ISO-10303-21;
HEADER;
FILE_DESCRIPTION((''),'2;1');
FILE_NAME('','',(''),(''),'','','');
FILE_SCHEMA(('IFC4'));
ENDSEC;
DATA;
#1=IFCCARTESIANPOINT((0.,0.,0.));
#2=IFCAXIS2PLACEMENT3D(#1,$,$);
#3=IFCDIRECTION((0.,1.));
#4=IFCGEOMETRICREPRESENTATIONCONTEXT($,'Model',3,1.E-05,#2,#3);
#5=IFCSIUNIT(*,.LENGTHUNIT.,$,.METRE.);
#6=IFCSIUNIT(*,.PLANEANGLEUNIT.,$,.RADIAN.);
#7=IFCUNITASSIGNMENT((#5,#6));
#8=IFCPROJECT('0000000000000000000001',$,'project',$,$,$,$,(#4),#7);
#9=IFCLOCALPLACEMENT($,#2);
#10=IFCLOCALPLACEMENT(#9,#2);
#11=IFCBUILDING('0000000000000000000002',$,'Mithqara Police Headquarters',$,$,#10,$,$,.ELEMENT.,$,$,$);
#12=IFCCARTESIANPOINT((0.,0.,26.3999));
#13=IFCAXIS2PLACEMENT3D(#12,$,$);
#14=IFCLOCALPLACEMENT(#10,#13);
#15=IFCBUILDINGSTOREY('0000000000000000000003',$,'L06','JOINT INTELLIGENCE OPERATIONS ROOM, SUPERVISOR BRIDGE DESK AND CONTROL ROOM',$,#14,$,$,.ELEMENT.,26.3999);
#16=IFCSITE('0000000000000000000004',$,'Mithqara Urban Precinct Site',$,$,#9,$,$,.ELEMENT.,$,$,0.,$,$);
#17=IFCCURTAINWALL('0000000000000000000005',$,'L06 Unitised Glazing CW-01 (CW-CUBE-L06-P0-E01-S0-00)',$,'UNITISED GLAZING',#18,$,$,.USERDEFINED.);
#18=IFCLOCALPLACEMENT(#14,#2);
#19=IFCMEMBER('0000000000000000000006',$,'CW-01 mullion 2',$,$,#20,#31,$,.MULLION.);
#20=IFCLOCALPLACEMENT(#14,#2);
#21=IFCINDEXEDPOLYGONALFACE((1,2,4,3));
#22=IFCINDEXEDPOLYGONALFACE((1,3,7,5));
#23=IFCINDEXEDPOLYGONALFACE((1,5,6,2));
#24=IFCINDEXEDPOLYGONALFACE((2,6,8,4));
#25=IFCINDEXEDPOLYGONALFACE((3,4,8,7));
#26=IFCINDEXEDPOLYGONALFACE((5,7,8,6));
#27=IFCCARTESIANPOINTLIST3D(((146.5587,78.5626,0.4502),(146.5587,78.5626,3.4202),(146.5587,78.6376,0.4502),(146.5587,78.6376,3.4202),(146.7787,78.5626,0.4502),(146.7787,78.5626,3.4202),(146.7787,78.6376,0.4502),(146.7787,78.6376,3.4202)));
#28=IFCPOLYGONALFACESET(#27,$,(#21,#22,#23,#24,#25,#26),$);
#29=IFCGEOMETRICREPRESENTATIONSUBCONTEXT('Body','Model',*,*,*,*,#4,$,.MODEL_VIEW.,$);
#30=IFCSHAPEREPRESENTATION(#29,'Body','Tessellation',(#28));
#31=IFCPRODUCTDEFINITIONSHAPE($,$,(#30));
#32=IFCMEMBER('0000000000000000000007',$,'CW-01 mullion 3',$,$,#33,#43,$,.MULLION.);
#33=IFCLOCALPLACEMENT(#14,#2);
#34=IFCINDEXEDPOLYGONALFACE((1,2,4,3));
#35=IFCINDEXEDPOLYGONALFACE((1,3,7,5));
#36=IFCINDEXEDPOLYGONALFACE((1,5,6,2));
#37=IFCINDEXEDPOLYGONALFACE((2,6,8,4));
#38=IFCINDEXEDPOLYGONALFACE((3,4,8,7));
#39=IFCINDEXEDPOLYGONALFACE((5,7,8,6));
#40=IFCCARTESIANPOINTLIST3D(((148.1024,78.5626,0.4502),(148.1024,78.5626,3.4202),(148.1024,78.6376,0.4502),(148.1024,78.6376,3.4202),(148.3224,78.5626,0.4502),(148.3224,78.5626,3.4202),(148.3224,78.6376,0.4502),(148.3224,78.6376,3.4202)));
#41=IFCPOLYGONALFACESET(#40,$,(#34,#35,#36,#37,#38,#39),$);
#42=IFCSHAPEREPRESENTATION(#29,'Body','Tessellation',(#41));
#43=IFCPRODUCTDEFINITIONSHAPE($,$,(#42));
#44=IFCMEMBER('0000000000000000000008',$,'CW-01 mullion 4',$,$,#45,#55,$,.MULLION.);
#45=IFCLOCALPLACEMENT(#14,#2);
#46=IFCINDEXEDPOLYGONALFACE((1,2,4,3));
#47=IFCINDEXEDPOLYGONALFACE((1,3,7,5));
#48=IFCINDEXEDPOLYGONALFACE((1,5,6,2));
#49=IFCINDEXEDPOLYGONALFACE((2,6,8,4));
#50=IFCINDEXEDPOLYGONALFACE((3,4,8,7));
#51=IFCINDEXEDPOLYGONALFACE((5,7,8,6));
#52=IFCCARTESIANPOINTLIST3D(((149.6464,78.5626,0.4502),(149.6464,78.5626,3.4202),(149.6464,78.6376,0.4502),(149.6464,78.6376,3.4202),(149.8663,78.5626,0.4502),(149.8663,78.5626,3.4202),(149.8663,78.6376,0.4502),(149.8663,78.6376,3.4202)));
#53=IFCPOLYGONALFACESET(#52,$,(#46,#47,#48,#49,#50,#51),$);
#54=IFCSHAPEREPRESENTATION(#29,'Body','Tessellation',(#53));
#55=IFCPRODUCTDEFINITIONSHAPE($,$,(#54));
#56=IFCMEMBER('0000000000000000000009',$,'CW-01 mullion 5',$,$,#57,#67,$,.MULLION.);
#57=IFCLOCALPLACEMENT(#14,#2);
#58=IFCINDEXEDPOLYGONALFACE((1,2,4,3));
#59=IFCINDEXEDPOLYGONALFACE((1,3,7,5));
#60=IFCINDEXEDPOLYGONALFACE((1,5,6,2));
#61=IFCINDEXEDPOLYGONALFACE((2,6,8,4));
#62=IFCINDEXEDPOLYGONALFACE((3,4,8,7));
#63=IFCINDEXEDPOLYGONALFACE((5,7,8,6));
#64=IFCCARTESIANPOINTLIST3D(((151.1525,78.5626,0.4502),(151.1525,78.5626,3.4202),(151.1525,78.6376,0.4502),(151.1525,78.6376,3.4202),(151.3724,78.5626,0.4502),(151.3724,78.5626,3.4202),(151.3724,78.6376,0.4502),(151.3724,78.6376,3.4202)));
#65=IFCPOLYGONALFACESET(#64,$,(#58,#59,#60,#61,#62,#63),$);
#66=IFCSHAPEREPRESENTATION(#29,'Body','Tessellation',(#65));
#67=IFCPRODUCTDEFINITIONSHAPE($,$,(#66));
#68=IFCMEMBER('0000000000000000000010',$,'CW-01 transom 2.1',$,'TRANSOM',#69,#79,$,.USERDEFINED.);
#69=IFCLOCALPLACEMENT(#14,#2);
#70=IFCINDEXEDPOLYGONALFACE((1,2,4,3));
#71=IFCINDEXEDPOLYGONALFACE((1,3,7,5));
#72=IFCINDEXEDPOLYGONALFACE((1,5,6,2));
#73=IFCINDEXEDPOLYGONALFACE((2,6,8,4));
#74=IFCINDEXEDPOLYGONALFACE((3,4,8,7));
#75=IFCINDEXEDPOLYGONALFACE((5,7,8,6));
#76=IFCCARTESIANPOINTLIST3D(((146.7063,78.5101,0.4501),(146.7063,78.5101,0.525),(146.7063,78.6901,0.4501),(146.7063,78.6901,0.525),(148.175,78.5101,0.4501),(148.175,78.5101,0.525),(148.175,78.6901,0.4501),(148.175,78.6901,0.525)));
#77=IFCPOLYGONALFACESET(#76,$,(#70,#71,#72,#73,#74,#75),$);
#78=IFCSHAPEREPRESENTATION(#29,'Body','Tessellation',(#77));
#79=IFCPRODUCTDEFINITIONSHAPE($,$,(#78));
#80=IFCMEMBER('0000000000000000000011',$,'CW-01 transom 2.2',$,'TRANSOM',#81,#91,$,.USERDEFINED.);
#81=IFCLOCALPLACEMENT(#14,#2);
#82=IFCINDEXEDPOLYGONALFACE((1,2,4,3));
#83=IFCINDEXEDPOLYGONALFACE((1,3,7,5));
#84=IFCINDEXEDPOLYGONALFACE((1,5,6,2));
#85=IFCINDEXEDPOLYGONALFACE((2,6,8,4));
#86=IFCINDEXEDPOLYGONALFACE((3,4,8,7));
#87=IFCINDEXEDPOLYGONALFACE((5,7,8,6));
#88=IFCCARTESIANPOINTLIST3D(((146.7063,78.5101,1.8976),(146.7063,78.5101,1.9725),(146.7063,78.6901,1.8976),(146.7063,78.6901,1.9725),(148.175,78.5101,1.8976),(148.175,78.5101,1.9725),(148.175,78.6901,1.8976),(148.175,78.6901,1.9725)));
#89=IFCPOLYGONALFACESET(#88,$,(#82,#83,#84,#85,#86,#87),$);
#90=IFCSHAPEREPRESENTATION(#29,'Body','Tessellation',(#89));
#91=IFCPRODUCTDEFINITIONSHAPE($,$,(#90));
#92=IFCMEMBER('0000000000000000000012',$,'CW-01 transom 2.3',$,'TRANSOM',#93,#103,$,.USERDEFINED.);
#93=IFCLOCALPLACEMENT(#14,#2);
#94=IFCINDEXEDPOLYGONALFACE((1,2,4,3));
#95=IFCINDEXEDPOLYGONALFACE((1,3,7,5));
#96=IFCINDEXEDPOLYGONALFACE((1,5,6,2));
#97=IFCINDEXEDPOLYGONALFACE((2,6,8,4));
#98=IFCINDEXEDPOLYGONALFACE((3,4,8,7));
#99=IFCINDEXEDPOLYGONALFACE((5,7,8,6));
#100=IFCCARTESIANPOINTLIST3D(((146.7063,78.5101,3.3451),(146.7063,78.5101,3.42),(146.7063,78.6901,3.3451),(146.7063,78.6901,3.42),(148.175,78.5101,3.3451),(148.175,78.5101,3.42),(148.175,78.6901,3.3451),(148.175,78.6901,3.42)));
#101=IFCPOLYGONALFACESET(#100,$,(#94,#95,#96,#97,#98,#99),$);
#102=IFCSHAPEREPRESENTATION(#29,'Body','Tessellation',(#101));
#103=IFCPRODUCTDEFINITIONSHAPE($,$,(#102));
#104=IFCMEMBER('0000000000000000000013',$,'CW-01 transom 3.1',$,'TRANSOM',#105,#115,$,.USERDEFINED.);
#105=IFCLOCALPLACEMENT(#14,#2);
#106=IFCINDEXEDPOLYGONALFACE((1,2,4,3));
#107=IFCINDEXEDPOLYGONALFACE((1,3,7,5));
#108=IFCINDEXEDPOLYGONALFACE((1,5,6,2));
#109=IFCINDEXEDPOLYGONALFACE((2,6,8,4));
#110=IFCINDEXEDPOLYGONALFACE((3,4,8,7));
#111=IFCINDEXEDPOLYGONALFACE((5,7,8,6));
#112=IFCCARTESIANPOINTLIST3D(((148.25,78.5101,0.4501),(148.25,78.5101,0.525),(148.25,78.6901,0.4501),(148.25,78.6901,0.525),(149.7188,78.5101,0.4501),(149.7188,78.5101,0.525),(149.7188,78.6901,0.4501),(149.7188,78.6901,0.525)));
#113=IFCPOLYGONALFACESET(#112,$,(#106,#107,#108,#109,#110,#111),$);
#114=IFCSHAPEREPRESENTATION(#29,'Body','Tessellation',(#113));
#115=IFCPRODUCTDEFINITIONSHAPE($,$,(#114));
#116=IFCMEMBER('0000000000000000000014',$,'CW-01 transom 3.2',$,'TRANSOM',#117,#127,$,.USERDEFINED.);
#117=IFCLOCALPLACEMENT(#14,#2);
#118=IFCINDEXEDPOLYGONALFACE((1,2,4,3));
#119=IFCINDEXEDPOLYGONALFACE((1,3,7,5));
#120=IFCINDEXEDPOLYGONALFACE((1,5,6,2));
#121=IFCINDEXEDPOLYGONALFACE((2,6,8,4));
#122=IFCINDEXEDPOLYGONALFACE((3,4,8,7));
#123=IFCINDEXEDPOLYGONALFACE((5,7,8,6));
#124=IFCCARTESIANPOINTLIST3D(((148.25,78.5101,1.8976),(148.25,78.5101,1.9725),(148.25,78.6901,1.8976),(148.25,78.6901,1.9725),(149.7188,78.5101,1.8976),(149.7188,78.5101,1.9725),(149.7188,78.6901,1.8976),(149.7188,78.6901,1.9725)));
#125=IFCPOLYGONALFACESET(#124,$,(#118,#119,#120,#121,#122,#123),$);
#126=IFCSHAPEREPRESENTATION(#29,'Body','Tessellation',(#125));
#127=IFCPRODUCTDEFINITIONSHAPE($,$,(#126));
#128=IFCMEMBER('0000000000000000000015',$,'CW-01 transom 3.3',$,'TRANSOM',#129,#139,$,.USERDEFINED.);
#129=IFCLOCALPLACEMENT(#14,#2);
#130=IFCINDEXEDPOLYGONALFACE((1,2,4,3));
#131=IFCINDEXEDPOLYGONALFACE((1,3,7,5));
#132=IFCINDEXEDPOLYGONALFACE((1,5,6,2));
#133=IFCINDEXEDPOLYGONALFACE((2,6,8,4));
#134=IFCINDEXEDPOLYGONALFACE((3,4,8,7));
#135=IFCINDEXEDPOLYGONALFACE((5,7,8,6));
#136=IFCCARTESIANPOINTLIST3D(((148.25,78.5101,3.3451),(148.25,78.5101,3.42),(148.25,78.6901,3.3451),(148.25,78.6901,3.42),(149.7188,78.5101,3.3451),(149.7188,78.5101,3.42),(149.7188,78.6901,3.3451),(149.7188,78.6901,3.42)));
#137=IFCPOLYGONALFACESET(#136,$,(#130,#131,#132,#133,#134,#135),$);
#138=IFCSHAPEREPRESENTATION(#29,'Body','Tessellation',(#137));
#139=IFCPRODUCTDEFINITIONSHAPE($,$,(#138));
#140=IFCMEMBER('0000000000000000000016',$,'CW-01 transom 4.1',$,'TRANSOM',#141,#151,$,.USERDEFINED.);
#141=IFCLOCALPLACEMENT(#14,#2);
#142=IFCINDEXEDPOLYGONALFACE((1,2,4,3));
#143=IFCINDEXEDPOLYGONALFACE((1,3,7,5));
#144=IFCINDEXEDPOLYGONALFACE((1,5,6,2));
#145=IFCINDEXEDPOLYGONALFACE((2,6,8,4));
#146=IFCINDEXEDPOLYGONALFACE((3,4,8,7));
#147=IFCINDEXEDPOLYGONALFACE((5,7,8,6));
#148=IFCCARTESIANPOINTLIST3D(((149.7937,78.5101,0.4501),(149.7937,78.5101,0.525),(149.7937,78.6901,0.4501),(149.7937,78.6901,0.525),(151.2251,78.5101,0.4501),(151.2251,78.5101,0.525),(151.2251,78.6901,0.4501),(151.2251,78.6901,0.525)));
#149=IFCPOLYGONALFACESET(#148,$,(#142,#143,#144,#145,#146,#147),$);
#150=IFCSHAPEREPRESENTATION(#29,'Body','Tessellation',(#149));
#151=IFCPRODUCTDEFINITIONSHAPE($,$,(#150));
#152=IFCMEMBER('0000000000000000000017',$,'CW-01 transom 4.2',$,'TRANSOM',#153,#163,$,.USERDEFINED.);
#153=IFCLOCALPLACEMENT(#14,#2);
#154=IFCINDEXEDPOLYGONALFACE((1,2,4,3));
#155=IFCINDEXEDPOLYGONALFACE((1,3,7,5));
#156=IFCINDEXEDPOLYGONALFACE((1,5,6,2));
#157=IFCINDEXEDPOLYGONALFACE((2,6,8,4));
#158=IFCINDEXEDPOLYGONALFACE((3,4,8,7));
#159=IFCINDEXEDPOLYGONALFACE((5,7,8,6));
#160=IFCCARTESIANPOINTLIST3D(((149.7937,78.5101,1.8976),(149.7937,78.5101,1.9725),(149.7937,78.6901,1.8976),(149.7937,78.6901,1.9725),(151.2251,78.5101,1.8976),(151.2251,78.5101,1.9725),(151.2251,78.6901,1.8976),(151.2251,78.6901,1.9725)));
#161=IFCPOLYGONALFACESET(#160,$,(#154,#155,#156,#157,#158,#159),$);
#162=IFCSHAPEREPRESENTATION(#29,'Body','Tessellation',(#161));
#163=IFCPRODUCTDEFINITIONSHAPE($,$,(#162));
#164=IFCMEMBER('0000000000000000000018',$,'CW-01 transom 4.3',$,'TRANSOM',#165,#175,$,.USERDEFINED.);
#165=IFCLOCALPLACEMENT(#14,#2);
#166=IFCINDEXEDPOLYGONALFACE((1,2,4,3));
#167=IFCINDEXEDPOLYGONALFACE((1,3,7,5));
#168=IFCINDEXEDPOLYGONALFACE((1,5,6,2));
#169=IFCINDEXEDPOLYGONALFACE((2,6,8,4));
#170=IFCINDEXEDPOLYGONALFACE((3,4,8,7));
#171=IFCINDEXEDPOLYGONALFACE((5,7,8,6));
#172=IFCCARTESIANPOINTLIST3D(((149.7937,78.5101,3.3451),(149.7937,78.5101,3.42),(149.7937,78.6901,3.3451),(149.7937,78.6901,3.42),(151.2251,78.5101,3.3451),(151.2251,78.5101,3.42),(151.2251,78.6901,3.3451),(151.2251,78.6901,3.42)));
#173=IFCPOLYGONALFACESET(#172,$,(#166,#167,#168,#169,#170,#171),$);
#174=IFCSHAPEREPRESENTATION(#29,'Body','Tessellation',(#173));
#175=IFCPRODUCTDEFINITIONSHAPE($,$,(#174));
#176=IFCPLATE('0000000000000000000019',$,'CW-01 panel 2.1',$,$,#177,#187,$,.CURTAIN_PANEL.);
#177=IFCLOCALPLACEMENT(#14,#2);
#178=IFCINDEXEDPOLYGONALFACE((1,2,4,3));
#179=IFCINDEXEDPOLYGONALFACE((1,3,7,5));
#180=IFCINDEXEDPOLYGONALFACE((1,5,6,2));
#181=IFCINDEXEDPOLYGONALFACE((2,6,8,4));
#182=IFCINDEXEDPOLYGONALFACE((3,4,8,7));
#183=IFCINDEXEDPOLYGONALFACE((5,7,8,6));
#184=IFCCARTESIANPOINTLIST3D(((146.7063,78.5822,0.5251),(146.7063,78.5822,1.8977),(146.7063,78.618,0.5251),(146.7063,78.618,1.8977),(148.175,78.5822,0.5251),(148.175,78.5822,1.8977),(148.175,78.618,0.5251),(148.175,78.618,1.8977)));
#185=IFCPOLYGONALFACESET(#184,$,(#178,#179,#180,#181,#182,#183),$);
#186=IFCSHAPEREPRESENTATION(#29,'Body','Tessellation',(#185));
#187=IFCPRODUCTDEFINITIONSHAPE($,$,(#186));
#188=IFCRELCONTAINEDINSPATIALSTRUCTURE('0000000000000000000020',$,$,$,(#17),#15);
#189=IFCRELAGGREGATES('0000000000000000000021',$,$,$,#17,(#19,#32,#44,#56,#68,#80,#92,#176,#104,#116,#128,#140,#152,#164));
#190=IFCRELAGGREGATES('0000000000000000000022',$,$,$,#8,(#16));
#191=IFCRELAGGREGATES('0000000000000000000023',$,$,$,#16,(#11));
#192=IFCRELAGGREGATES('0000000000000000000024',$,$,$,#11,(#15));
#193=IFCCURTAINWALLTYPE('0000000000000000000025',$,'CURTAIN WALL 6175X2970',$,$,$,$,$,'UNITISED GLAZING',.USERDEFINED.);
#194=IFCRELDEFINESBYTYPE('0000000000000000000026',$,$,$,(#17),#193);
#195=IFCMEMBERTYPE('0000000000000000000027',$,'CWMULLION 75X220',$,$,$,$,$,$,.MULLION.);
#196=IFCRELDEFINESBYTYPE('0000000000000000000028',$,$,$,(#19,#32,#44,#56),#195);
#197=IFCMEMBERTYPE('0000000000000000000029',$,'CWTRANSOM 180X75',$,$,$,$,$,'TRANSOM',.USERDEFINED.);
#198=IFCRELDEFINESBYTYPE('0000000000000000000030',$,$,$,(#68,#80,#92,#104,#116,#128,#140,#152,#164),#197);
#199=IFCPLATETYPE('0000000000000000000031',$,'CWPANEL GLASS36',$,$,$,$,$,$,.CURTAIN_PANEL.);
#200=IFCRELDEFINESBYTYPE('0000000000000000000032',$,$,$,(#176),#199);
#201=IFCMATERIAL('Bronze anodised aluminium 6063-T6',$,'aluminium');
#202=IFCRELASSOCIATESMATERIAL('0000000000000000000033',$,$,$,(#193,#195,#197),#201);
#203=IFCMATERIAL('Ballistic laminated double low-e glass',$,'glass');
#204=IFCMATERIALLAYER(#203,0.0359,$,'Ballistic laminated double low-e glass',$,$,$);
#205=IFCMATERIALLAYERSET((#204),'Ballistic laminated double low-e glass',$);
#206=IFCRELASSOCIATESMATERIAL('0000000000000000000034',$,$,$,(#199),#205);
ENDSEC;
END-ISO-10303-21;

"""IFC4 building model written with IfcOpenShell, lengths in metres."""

from ifc_helpers import new_model, si_unit, direction, frame, origin, origin_2d, place, context, subcontext, project, spatial, rectangle, extrude, material, layer, layer_set, material_profile, profile_set, type_object, element, aggregate, save


model = new_model("IFC4")

# Units and contexts
model_context = context("Model", 3, precision=1e-05, world=origin(), true_north=direction((0.0, 1.0)))
body_context = subcontext(model_context, "Body", "Model", "MODEL_VIEW")
ifc_project = project(units=[si_unit("LENGTHUNIT", "METRE"), si_unit("PLANEANGLEUNIT", "RADIAN")], contexts=[model_context])

# Site, building, storey
site_placement = place(None, origin())
site = spatial("IfcSite", under=ifc_project, at=site_placement, Name="Mithqara Urban Precinct Site", CompositionType="ELEMENT", RefElevation=0.0)
building_placement = place(site_placement, origin())
building = spatial("IfcBuilding", under=site, at=building_placement, Name="Mithqara Police Headquarters", CompositionType="ELEMENT")
storey_placement = place(building_placement, frame((0.0, 0.0, 26.3999)))
storey = spatial("IfcBuildingStorey", under=building, at=storey_placement, Name="L06", Description="JOINT INTELLIGENCE OPERATIONS ROOM, SUPERVISOR BRIDGE DESK AND CONTROL ROOM", CompositionType="ELEMENT", Elevation=26.3999)

# Curtain wall, members, plate
ifc_material_1 = material(Name="Bronze anodised aluminium 6063-T6", Category="aluminium")
curtain_wall_type = type_object("IfcCurtainWallType", Name="CURTAIN WALL 6175X2970", ElementType="UNITISED GLAZING", PredefinedType="USERDEFINED", material=ifc_material_1)
curtain_wall_placement = place(storey_placement, origin())
curtain_wall = element("IfcCurtainWall", 1, at=curtain_wall_placement, inside=storey, type_object=curtain_wall_type, Name="L06 Unitised Glazing CW-01 (CW-CUBE-L06-P0-E01-S0-00)", ObjectType="UNITISED GLAZING", PredefinedType="USERDEFINED")
ifc_material_profile_1 = material_profile(ifc_material_1, rectangle(XDim=0.075, YDim=0.22, at=origin_2d()), Name="CWM 75x220")
ifc_profile_set_1 = profile_set([ifc_material_profile_1], Name="Bronze anodised aluminium 6063-T6")
member_type_1 = type_object("IfcMemberType", Name="CWMULLION 75X220", PredefinedType="MULLION", material=ifc_profile_set_1)
member_1_placement = place(storey_placement, frame((146.6687, 78.6001, 0.4502), z_axis=(0.0, 0.0, 1.0), x_axis=(0.0, 1.0, 0.0)))
member_1 = element("IfcMember", 2, at=member_1_placement, type_object=member_type_1, Name="CW-01 mullion 2", PredefinedType="MULLION", context=body_context, shape_type="SweptSolid", body=[
    extrude(rectangle(XDim=0.075, YDim=0.22, at=origin_2d()), origin(), (0.0, 0.0, 1.0), 2.97),
])
member_2_placement = place(storey_placement, frame((148.2124, 78.6001, 0.4502), z_axis=(0.0, 0.0, 1.0), x_axis=(0.0, 1.0, 0.0)))
member_2 = element("IfcMember", 3, at=member_2_placement, type_object=member_type_1, Name="CW-01 mullion 3", PredefinedType="MULLION", context=body_context, shape_type="SweptSolid", body=[
    extrude(rectangle(XDim=0.075, YDim=0.22, at=origin_2d()), origin(), (0.0, 0.0, 1.0), 2.97),
])
member_3_placement = place(storey_placement, frame((149.7563, 78.6001, 0.4502), z_axis=(0.0, 0.0, 1.0), x_axis=(0.0, 1.0, 0.0)))
member_3 = element("IfcMember", 4, at=member_3_placement, type_object=member_type_1, Name="CW-01 mullion 4", PredefinedType="MULLION", context=body_context, shape_type="SweptSolid", body=[
    extrude(rectangle(XDim=0.075, YDim=0.22, at=origin_2d()), origin(), (0.0, 0.0, 1.0), 2.97),
])
member_4_placement = place(storey_placement, frame((151.2625, 78.6001, 0.4502), z_axis=(0.0, 0.0, 1.0), x_axis=(0.0, 1.0, 0.0)))
member_4 = element("IfcMember", 5, at=member_4_placement, type_object=member_type_1, Name="CW-01 mullion 5", PredefinedType="MULLION", context=body_context, shape_type="SweptSolid", body=[
    extrude(rectangle(XDim=0.075, YDim=0.22, at=origin_2d()), origin(), (0.0, 0.0, 1.0), 2.97),
])
ifc_material_profile_2 = material_profile(ifc_material_1, rectangle(XDim=0.1799, YDim=0.075, at=origin_2d()), Name="CWT 180x75")
ifc_profile_set_2 = profile_set([ifc_material_profile_2], Name="Bronze anodised aluminium 6063-T6")
member_type_2 = type_object("IfcMemberType", Name="CWTRANSOM 180X75", ElementType="TRANSOM", PredefinedType="USERDEFINED", material=ifc_profile_set_2)
member_5_placement = place(storey_placement, frame((146.7063, 78.6001, 0.4875), z_axis=(1.0, 0.0, 0.0), x_axis=(0.0, 1.0, 0.0)))
member_5 = element("IfcMember", 6, at=member_5_placement, type_object=member_type_2, Name="CW-01 transom 2.1", ObjectType="TRANSOM", PredefinedType="USERDEFINED", context=body_context, shape_type="SweptSolid", body=[
    extrude(rectangle(XDim=0.1799, YDim=0.075, at=origin_2d()), origin(), (0.0, 0.0, 1.0), 1.4688),
])
member_6_placement = place(storey_placement, frame((146.7063, 78.6001, 1.9351), z_axis=(1.0, 0.0, 0.0), x_axis=(0.0, 1.0, 0.0)))
member_6 = element("IfcMember", 7, at=member_6_placement, type_object=member_type_2, Name="CW-01 transom 2.2", ObjectType="TRANSOM", PredefinedType="USERDEFINED", context=body_context, shape_type="SweptSolid", body=[
    extrude(rectangle(XDim=0.1799, YDim=0.075, at=origin_2d()), origin(), (0.0, 0.0, 1.0), 1.4688),
])
member_7_placement = place(storey_placement, frame((146.7063, 78.6001, 3.3826), z_axis=(1.0, 0.0, 0.0), x_axis=(0.0, 1.0, 0.0)))
member_7 = element("IfcMember", 8, at=member_7_placement, type_object=member_type_2, Name="CW-01 transom 2.3", ObjectType="TRANSOM", PredefinedType="USERDEFINED", context=body_context, shape_type="SweptSolid", body=[
    extrude(rectangle(XDim=0.1799, YDim=0.075, at=origin_2d()), origin(), (0.0, 0.0, 1.0), 1.4688),
])
member_8_placement = place(storey_placement, frame((148.25, 78.6001, 0.4875), z_axis=(1.0, 0.0, 0.0), x_axis=(0.0, 1.0, 0.0)))
member_8 = element("IfcMember", 9, at=member_8_placement, type_object=member_type_2, Name="CW-01 transom 3.1", ObjectType="TRANSOM", PredefinedType="USERDEFINED", context=body_context, shape_type="SweptSolid", body=[
    extrude(rectangle(XDim=0.1799, YDim=0.075, at=origin_2d()), origin(), (0.0, 0.0, 1.0), 1.4688),
])
member_9_placement = place(storey_placement, frame((148.25, 78.6001, 1.9351), z_axis=(1.0, 0.0, 0.0), x_axis=(0.0, 1.0, 0.0)))
member_9 = element("IfcMember", 10, at=member_9_placement, type_object=member_type_2, Name="CW-01 transom 3.2", ObjectType="TRANSOM", PredefinedType="USERDEFINED", context=body_context, shape_type="SweptSolid", body=[
    extrude(rectangle(XDim=0.1799, YDim=0.075, at=origin_2d()), origin(), (0.0, 0.0, 1.0), 1.4688),
])
member_10_placement = place(storey_placement, frame((148.25, 78.6001, 3.3826), z_axis=(1.0, 0.0, 0.0), x_axis=(0.0, 1.0, 0.0)))
member_10 = element("IfcMember", 11, at=member_10_placement, type_object=member_type_2, Name="CW-01 transom 3.3", ObjectType="TRANSOM", PredefinedType="USERDEFINED", context=body_context, shape_type="SweptSolid", body=[
    extrude(rectangle(XDim=0.1799, YDim=0.075, at=origin_2d()), origin(), (0.0, 0.0, 1.0), 1.4688),
])
member_11_placement = place(storey_placement, frame((149.7937, 78.6001, 0.4875), z_axis=(1.0, 0.0, 0.0), x_axis=(0.0, 1.0, 0.0)))
member_11 = element("IfcMember", 12, at=member_11_placement, type_object=member_type_2, Name="CW-01 transom 4.1", ObjectType="TRANSOM", PredefinedType="USERDEFINED", context=body_context, shape_type="SweptSolid", body=[
    extrude(rectangle(XDim=0.1799, YDim=0.075, at=origin_2d()), origin(), (0.0, 0.0, 1.0), 1.4314),
])
member_12_placement = place(storey_placement, frame((149.7937, 78.6001, 1.9351), z_axis=(1.0, 0.0, 0.0), x_axis=(0.0, 1.0, 0.0)))
member_12 = element("IfcMember", 13, at=member_12_placement, type_object=member_type_2, Name="CW-01 transom 4.2", ObjectType="TRANSOM", PredefinedType="USERDEFINED", context=body_context, shape_type="SweptSolid", body=[
    extrude(rectangle(XDim=0.1799, YDim=0.075, at=origin_2d()), origin(), (0.0, 0.0, 1.0), 1.4314),
])
member_13_placement = place(storey_placement, frame((149.7937, 78.6001, 3.3826), z_axis=(1.0, 0.0, 0.0), x_axis=(0.0, 1.0, 0.0)))
member_13 = element("IfcMember", 14, at=member_13_placement, type_object=member_type_2, Name="CW-01 transom 4.3", ObjectType="TRANSOM", PredefinedType="USERDEFINED", context=body_context, shape_type="SweptSolid", body=[
    extrude(rectangle(XDim=0.1799, YDim=0.075, at=origin_2d()), origin(), (0.0, 0.0, 1.0), 1.4314),
])
ifc_material_2 = material(Name="Ballistic laminated double low-e glass", Category="glass")
ifc_layer = layer(ifc_material_2, 0.0359, Name="Ballistic laminated double low-e glass")
ifc_layer_set = layer_set([ifc_layer], Name="Ballistic laminated double low-e glass")
plate_type = type_object("IfcPlateType", Name="CWPANEL GLASS36", PredefinedType="CURTAIN_PANEL", material=ifc_layer_set)
plate_1_placement = place(storey_placement, frame((147.4407, 78.6001, 0.5251), z_axis=(0.0, 0.0, 1.0), x_axis=(1.0, 0.0, 0.0)))
plate_1 = element("IfcPlate", 15, at=plate_1_placement, type_object=plate_type, Name="CW-01 panel 2.1", PredefinedType="CURTAIN_PANEL", context=body_context, shape_type="SweptSolid", body=[
    extrude(rectangle(XDim=1.4688, YDim=0.0359, at=origin_2d()), origin(), (0.0, 0.0, 1.0), 1.3726),
])
aggregate(curtain_wall, [member_1, member_2, member_3, member_4, member_5, member_6, member_7, plate_1, member_8, member_9, member_10, member_11, member_12, member_13])

save(model, "model.ifc")
